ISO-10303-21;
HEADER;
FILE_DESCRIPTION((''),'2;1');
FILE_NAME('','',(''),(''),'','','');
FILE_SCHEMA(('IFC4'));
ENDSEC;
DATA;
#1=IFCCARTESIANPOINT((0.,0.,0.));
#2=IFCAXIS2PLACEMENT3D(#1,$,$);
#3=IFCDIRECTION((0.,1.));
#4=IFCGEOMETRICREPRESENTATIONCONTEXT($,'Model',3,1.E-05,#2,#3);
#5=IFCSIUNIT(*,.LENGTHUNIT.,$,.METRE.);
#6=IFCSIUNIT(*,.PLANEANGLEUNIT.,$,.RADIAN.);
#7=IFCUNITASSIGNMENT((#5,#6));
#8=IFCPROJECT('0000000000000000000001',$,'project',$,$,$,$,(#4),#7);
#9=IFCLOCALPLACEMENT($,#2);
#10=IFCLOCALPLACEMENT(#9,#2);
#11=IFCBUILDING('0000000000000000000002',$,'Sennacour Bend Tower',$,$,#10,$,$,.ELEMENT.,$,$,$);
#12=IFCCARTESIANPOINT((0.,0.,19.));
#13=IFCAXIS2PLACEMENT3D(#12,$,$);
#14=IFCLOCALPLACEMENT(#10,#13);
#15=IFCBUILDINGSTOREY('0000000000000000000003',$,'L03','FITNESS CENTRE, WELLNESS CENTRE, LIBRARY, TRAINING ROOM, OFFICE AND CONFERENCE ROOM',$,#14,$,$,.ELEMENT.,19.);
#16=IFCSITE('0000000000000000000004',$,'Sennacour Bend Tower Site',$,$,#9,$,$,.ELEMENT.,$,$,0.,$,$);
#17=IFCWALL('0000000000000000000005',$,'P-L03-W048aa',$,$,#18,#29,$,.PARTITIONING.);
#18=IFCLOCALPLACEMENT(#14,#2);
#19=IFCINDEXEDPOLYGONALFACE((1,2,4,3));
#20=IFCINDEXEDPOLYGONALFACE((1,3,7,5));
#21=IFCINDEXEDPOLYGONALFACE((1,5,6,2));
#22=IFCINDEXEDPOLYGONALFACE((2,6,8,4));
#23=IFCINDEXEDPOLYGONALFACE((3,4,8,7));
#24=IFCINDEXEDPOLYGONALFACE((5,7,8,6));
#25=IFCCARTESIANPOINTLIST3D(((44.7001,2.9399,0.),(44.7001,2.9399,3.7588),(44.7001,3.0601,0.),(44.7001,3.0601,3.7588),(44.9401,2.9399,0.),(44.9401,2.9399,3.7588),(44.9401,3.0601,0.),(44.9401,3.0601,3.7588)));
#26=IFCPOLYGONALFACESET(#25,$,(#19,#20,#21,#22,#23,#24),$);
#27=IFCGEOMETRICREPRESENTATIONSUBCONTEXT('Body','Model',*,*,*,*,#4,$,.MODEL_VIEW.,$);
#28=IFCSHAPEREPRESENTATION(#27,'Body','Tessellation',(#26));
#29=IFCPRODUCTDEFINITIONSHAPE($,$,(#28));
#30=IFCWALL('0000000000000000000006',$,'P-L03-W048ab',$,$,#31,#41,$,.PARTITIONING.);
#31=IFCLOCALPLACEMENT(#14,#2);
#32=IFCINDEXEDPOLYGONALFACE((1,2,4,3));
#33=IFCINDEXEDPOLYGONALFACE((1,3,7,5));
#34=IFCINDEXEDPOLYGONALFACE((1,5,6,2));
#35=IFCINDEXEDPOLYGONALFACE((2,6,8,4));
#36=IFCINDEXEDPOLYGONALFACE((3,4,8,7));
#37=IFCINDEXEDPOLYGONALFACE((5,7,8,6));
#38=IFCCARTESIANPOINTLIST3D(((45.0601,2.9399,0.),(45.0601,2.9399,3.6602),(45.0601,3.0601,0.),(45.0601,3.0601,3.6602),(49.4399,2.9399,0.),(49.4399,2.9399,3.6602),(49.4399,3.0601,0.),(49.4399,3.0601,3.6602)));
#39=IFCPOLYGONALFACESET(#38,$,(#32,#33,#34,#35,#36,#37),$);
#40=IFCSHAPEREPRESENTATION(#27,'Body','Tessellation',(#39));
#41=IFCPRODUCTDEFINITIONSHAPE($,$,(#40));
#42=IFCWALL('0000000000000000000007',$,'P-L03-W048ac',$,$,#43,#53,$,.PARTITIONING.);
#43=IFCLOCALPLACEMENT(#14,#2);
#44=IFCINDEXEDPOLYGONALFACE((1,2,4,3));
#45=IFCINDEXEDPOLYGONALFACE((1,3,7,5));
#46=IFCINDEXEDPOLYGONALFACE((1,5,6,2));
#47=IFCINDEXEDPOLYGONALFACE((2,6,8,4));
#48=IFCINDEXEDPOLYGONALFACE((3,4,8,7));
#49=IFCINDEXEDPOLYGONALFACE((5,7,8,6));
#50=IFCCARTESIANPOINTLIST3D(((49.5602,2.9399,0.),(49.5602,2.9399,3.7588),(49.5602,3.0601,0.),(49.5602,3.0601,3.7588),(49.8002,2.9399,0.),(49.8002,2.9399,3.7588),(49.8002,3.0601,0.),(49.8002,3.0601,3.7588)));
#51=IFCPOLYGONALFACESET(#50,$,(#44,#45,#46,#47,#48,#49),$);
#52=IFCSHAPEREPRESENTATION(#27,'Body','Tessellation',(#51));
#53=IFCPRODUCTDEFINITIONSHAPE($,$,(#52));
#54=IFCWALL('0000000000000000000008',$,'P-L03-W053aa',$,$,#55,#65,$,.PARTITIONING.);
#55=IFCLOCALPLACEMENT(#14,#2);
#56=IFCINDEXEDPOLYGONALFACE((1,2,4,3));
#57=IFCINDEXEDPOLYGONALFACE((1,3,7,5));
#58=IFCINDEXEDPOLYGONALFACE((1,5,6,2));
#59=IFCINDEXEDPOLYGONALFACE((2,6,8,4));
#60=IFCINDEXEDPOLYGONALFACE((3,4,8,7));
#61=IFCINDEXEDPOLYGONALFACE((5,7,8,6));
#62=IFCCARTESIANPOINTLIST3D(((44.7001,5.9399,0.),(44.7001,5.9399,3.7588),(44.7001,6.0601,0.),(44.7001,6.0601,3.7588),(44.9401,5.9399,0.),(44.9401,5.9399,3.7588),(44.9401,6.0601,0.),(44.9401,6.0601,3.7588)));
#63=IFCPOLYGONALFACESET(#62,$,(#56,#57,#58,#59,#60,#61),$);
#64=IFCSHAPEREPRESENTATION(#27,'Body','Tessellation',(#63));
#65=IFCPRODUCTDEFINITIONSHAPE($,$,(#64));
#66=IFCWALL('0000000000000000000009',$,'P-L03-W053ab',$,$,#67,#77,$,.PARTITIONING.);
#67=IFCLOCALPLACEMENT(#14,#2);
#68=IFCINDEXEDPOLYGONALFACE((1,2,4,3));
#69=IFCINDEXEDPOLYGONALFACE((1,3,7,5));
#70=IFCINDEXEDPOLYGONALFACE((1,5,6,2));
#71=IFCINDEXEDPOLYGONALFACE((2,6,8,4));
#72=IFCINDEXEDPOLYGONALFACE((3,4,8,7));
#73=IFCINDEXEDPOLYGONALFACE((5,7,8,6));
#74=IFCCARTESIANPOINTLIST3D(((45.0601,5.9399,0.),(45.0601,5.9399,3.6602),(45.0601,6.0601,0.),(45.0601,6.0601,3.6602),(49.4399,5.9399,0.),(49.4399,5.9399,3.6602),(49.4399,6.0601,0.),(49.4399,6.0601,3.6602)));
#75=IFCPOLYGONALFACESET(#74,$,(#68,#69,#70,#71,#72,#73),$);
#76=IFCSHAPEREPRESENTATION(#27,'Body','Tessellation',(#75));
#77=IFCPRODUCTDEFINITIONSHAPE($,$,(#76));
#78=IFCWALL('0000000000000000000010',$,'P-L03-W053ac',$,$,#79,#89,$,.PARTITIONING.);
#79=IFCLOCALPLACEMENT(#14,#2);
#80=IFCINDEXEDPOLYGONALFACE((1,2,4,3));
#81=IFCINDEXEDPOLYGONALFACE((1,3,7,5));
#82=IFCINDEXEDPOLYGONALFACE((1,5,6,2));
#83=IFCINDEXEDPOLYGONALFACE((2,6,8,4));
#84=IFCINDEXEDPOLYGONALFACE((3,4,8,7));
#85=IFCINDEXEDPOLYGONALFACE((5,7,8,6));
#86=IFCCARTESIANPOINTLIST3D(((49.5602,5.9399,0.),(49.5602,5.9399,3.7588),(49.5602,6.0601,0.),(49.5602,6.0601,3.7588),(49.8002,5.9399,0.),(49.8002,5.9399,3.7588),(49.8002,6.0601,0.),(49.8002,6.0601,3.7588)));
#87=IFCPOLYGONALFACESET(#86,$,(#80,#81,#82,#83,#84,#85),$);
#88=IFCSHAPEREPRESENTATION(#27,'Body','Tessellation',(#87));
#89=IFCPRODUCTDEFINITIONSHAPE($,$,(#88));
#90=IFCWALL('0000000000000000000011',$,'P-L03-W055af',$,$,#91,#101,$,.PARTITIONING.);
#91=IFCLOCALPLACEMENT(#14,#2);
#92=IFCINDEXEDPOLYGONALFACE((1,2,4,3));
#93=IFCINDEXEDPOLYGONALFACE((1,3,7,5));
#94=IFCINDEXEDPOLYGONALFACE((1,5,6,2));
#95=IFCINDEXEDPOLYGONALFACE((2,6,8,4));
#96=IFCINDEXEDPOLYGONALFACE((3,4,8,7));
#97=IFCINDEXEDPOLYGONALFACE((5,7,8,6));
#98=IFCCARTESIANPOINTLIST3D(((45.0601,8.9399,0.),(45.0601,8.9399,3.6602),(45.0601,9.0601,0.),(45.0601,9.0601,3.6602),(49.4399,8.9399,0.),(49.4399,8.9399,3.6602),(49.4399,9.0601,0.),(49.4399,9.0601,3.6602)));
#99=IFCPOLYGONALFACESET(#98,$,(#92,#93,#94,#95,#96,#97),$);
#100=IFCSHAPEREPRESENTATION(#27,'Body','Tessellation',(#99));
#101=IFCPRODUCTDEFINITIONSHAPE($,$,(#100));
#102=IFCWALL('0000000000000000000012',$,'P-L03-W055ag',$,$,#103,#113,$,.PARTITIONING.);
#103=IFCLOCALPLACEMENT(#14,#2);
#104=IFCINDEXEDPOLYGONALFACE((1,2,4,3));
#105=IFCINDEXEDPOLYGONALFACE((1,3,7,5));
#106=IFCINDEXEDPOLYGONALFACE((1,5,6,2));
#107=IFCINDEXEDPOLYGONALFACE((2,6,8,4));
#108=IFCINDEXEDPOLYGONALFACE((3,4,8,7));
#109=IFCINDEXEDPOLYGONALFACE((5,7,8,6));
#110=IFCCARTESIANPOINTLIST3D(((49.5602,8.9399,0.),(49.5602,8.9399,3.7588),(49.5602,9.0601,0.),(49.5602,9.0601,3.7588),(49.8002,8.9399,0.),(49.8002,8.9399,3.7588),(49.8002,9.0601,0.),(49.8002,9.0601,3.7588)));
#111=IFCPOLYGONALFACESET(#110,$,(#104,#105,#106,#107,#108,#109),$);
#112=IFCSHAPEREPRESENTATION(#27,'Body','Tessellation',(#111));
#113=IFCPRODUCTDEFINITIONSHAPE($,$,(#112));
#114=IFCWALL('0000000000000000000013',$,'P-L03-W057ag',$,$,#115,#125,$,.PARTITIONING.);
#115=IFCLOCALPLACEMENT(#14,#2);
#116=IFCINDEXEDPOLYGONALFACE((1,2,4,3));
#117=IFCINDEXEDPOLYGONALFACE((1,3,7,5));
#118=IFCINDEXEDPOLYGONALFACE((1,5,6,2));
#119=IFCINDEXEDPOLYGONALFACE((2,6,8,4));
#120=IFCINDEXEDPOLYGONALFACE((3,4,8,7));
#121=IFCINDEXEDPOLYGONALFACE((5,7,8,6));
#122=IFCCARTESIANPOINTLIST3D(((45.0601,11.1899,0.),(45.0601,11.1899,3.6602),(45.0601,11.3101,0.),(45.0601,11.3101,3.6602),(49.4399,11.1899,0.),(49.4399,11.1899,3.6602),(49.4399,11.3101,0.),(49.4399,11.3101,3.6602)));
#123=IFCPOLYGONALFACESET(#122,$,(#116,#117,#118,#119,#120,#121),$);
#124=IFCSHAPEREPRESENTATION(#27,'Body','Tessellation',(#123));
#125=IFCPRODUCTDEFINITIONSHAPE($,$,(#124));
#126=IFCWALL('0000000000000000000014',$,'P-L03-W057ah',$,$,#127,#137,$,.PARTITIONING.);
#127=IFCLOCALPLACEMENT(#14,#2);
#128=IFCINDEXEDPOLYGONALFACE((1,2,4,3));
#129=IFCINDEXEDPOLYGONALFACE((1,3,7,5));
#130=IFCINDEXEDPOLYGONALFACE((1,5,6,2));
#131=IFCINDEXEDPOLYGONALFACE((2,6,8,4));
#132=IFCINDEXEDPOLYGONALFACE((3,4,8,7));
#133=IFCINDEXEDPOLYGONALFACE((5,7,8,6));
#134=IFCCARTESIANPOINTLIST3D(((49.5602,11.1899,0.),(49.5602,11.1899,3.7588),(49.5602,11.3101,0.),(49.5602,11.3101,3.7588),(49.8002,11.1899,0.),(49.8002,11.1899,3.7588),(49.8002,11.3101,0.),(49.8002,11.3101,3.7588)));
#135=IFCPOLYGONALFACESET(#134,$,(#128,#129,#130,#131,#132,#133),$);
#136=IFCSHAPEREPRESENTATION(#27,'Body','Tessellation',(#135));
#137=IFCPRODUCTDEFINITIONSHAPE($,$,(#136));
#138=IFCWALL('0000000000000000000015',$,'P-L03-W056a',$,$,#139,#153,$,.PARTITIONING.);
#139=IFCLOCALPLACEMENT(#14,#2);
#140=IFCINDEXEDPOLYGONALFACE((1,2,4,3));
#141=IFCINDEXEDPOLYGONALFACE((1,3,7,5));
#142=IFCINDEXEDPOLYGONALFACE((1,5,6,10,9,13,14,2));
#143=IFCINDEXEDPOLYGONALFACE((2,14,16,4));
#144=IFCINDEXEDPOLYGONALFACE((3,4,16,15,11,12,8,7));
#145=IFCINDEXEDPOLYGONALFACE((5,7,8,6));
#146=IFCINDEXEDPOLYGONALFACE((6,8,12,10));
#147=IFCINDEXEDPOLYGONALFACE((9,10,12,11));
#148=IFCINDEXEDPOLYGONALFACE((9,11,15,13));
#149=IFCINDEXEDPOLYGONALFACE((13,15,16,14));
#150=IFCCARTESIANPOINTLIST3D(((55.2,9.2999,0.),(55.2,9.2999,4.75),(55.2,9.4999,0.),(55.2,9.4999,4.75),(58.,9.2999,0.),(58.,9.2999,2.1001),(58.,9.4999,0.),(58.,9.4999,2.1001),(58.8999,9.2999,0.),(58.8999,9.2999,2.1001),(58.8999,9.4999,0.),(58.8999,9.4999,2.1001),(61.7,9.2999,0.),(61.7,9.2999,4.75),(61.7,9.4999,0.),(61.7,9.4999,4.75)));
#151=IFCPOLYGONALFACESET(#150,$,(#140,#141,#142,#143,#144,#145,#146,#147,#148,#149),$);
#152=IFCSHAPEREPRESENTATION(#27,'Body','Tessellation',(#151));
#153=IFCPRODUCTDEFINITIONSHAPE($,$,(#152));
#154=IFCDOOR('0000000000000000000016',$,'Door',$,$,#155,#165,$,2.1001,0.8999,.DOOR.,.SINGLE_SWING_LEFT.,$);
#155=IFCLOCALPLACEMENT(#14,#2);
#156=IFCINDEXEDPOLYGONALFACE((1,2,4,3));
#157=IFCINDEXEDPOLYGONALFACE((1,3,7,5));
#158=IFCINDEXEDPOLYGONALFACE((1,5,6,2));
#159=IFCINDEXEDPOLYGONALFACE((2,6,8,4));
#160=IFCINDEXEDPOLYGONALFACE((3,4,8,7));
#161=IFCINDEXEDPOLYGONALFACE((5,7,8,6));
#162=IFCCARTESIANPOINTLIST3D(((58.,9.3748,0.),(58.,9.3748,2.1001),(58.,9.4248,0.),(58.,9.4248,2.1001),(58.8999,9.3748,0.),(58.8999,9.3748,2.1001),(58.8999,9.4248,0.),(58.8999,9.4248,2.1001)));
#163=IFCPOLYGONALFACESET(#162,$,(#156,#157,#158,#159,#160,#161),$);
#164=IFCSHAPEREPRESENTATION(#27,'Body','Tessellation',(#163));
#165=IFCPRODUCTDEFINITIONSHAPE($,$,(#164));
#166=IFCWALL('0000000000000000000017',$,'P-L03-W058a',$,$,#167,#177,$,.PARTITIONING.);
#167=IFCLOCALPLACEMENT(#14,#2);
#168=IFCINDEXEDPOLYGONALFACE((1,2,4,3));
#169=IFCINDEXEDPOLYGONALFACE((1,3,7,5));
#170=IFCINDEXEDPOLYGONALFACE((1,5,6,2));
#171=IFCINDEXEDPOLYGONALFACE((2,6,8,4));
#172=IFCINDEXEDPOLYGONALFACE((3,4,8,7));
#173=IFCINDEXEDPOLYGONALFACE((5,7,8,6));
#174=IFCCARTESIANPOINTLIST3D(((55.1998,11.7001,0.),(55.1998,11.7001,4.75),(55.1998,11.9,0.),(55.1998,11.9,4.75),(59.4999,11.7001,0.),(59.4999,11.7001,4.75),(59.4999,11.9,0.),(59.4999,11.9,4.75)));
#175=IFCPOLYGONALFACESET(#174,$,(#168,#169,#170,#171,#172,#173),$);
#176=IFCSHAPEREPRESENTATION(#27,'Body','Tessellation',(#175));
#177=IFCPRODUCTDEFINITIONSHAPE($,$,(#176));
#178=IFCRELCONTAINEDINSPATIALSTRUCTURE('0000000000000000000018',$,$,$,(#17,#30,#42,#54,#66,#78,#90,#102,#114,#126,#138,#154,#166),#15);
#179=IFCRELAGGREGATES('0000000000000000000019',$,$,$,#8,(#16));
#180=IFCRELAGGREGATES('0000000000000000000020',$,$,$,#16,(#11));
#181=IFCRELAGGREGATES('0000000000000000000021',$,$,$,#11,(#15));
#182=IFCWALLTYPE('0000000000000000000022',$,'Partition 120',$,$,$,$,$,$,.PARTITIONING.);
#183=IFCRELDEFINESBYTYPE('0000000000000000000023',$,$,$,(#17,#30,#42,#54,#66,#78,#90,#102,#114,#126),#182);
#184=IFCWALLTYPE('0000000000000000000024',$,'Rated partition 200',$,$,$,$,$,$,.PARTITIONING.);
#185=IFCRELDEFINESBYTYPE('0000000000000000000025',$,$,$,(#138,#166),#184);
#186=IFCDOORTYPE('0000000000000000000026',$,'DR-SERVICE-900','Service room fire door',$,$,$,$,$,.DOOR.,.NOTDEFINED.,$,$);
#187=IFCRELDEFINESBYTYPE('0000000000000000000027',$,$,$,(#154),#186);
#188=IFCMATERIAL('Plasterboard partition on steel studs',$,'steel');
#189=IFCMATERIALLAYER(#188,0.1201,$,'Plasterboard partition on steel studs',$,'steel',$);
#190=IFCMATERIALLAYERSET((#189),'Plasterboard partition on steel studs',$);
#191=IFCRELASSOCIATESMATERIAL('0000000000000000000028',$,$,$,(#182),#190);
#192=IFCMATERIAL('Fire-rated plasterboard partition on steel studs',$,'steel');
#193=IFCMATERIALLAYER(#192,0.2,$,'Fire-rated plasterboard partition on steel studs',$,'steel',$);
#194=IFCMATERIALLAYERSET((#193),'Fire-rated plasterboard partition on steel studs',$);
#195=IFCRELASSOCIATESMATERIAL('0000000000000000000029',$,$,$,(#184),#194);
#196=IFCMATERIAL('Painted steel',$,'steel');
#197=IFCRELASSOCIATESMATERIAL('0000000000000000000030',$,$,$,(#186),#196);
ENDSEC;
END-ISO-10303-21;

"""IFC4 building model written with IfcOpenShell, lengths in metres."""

from ifc_helpers import new_model, si_unit, direction, frame, frame_2d, origin, place, context, subcontext, project, spatial, rectangle, extrude, material, layer, layer_set, type_object, element, fill, save


model = new_model("IFC4")

# Units and contexts
model_context = context("Model", 3, precision=1e-05, world=origin(), true_north=direction((0.0, 1.0)))
body_context = subcontext(model_context, "Body", "Model", "MODEL_VIEW")
ifc_project = project(units=[si_unit("LENGTHUNIT", "METRE"), si_unit("PLANEANGLEUNIT", "RADIAN")], contexts=[model_context])

# Site, building, storey
site_placement = place(None, origin())
site = spatial("IfcSite", under=ifc_project, at=site_placement, Name="Sennacour Bend Tower Site", CompositionType="ELEMENT", RefElevation=0.0)
building_placement = place(site_placement, origin())
building = spatial("IfcBuilding", under=site, at=building_placement, Name="Sennacour Bend Tower", CompositionType="ELEMENT")
storey_placement = place(building_placement, frame((0.0, 0.0, 19.0)))
storey = spatial("IfcBuildingStorey", under=building, at=storey_placement, Name="L03", Description="FITNESS CENTRE, WELLNESS CENTRE, LIBRARY, TRAINING ROOM, OFFICE AND CONFERENCE ROOM", CompositionType="ELEMENT", Elevation=19.0)

# Walls
ifc_material_1 = material(Name="Plasterboard partition on steel studs", Category="steel")
ifc_layer_1 = layer(ifc_material_1, 0.1201, Name="Plasterboard partition on steel studs", Category="steel")
ifc_layer_set_1 = layer_set([ifc_layer_1], Name="Plasterboard partition on steel studs")
wall_type_1 = type_object("IfcWallType", Name="Partition 120", PredefinedType="PARTITIONING", material=ifc_layer_set_1)
wall_1_placement = place(storey_placement, frame((44.7, 3.0, 0.0), z_axis=(0.0, 0.0, 1.0), x_axis=(1.0, 0.0, 0.0)))
element("IfcWall", 1, at=wall_1_placement, inside=storey, type_object=wall_type_1, Name="P-L03-W048aa", PredefinedType="PARTITIONING", context=body_context, shape_type="SweptSolid", body=[
    extrude(rectangle(XDim=0.24, YDim=0.1201, at=frame_2d((0.1201, 0.0))), origin(), (0.0, 0.0, 1.0), 3.7588),
])
wall_2_placement = place(storey_placement, frame((45.0601, 3.0, 0.0), z_axis=(0.0, 0.0, 1.0), x_axis=(1.0, 0.0, 0.0)))
element("IfcWall", 2, at=wall_2_placement, inside=storey, type_object=wall_type_1, Name="P-L03-W048ab", PredefinedType="PARTITIONING", context=body_context, shape_type="SweptSolid", body=[
    extrude(rectangle(XDim=4.3799, YDim=0.1201, at=frame_2d((2.1899, 0.0))), origin(), (0.0, 0.0, 1.0), 3.6602),
])
for number, where, z_axis, x_axis, name in (
    (3, (49.5601, 3.0, 0.0), (0.0, 0.0, 1.0), (1.0, 0.0, 0.0), "P-L03-W048ac"),
    (4, (44.7, 6.0, 0.0), (0.0, 0.0, 1.0), (1.0, 0.0, 0.0), "P-L03-W053aa"),
):
    element("IfcWall", number, at=place(storey_placement, frame(where, z_axis=z_axis, x_axis=x_axis)), inside=storey, type_object=wall_type_1, Name=name, PredefinedType="PARTITIONING", context=body_context, shape_type="SweptSolid", body=[
        extrude(rectangle(XDim=0.24, YDim=0.1201, at=frame_2d((0.1201, 0.0))), origin(), (0.0, 0.0, 1.0), 3.7588),
    ])
wall_3_placement = place(storey_placement, frame((45.0601, 6.0, 0.0), z_axis=(0.0, 0.0, 1.0), x_axis=(1.0, 0.0, 0.0)))
element("IfcWall", 5, at=wall_3_placement, inside=storey, type_object=wall_type_1, Name="P-L03-W053ab", PredefinedType="PARTITIONING", context=body_context, shape_type="SweptSolid", body=[
    extrude(rectangle(XDim=4.3799, YDim=0.1201, at=frame_2d((2.1899, 0.0))), origin(), (0.0, 0.0, 1.0), 3.6602),
])
wall_4_placement = place(storey_placement, frame((49.5601, 6.0, 0.0), z_axis=(0.0, 0.0, 1.0), x_axis=(1.0, 0.0, 0.0)))
element("IfcWall", 6, at=wall_4_placement, inside=storey, type_object=wall_type_1, Name="P-L03-W053ac", PredefinedType="PARTITIONING", context=body_context, shape_type="SweptSolid", body=[
    extrude(rectangle(XDim=0.24, YDim=0.1201, at=frame_2d((0.1201, 0.0))), origin(), (0.0, 0.0, 1.0), 3.7588),
])
wall_5_placement = place(storey_placement, frame((45.0601, 9.0, 0.0), z_axis=(0.0, 0.0, 1.0), x_axis=(1.0, 0.0, 0.0)))
element("IfcWall", 7, at=wall_5_placement, inside=storey, type_object=wall_type_1, Name="P-L03-W055af", PredefinedType="PARTITIONING", context=body_context, shape_type="SweptSolid", body=[
    extrude(rectangle(XDim=4.3799, YDim=0.1201, at=frame_2d((2.1899, 0.0))), origin(), (0.0, 0.0, 1.0), 3.6602),
])
wall_6_placement = place(storey_placement, frame((49.5601, 9.0, 0.0), z_axis=(0.0, 0.0, 1.0), x_axis=(1.0, 0.0, 0.0)))
element("IfcWall", 8, at=wall_6_placement, inside=storey, type_object=wall_type_1, Name="P-L03-W055ag", PredefinedType="PARTITIONING", context=body_context, shape_type="SweptSolid", body=[
    extrude(rectangle(XDim=0.24, YDim=0.1201, at=frame_2d((0.1201, 0.0))), origin(), (0.0, 0.0, 1.0), 3.7588),
])
wall_7_placement = place(storey_placement, frame((45.0601, 11.25, 0.0), z_axis=(0.0, 0.0, 1.0), x_axis=(1.0, 0.0, 0.0)))
element("IfcWall", 9, at=wall_7_placement, inside=storey, type_object=wall_type_1, Name="P-L03-W057ag", PredefinedType="PARTITIONING", context=body_context, shape_type="SweptSolid", body=[
    extrude(rectangle(XDim=4.3799, YDim=0.1201, at=frame_2d((2.1899, 0.0))), origin(), (0.0, 0.0, 1.0), 3.6602),
])
wall_8_placement = place(storey_placement, frame((49.5601, 11.25, 0.0), z_axis=(0.0, 0.0, 1.0), x_axis=(1.0, 0.0, 0.0)))
element("IfcWall", 10, at=wall_8_placement, inside=storey, type_object=wall_type_1, Name="P-L03-W057ah", PredefinedType="PARTITIONING", context=body_context, shape_type="SweptSolid", body=[
    extrude(rectangle(XDim=0.24, YDim=0.1201, at=frame_2d((0.1201, 0.0))), origin(), (0.0, 0.0, 1.0), 3.7588),
])

# Wall, opening, door
ifc_material_2 = material(Name="Fire-rated plasterboard partition on steel studs", Category="steel")
ifc_layer_2 = layer(ifc_material_2, 0.2, Name="Fire-rated plasterboard partition on steel studs", Category="steel")
ifc_layer_set_2 = layer_set([ifc_layer_2], Name="Fire-rated plasterboard partition on steel studs")
wall_type_2 = type_object("IfcWallType", Name="Rated partition 200", PredefinedType="PARTITIONING", material=ifc_layer_set_2)
wall_9_placement = place(storey_placement, frame((55.2, 9.3999, 0.0), z_axis=(0.0, 0.0, 1.0), x_axis=(1.0, 0.0, 0.0)))
wall_9 = element("IfcWall", 11, at=wall_9_placement, inside=storey, type_object=wall_type_2, Name="P-L03-W056a", PredefinedType="PARTITIONING", context=body_context, shape_type="SweptSolid", body=[
    extrude(rectangle(XDim=6.5, YDim=0.2, at=frame_2d((3.25, 0.0))), origin(), (0.0, 0.0, 1.0), 4.75),
])
opening_1_placement = place(wall_9_placement, frame((2.8, 0.0, 0.0)))
opening_1 = element("IfcOpeningElement", 12, at=opening_1_placement, cuts=wall_9, PredefinedType="OPENING", context=body_context, shape_type="SweptSolid", body=[
    extrude(rectangle(XDim=0.8999, YDim=2.1001, at=frame_2d((0.45, 1.05))), frame((0.0, 0.1099, 0.0), z_axis=(0.0, -1.0, 0.0), x_axis=(1.0, 0.0, 0.0)), (0.0, 0.0, 1.0), 0.22),
])
ifc_material_3 = material(Name="Painted steel", Category="steel")
door_type_1 = type_object("IfcDoorType", Name="DR-SERVICE-900", Description="Service room fire door", OperationType="NOTDEFINED", PredefinedType="DOOR", material=ifc_material_3)
door_1_placement = place(opening_1_placement, origin())
door_1 = element("IfcDoor", 13, at=door_1_placement, inside=storey, type_object=door_type_1, Name="Door", OperationType="SINGLE_SWING_LEFT", OverallHeight=2.1001, OverallWidth=0.8999, PredefinedType="DOOR", context=body_context, shape_type="SweptSolid", body=[
    extrude(rectangle(XDim=0.8999, YDim=2.1001, at=frame_2d((0.45, 1.05))), frame((0.0, 0.0249, 0.0), z_axis=(0.0, -1.0, 0.0), x_axis=(1.0, 0.0, 0.0)), (0.0, 0.0, 1.0), 0.05),
])
fill(opening_1, door_1)

# Wall
wall_10_placement = place(storey_placement, frame((55.2, 11.8, 0.0), z_axis=(0.0, 0.0, 1.0), x_axis=(1.0, 0.0, 0.0)))
element("IfcWall", 14, at=wall_10_placement, inside=storey, type_object=wall_type_2, Name="P-L03-W058a", PredefinedType="PARTITIONING", context=body_context, shape_type="SweptSolid", body=[
    extrude(rectangle(XDim=4.3, YDim=0.2, at=frame_2d((2.1499, 0.0))), origin(), (0.0, 0.0, 1.0), 4.75),
])

save(model, "model.ifc")
